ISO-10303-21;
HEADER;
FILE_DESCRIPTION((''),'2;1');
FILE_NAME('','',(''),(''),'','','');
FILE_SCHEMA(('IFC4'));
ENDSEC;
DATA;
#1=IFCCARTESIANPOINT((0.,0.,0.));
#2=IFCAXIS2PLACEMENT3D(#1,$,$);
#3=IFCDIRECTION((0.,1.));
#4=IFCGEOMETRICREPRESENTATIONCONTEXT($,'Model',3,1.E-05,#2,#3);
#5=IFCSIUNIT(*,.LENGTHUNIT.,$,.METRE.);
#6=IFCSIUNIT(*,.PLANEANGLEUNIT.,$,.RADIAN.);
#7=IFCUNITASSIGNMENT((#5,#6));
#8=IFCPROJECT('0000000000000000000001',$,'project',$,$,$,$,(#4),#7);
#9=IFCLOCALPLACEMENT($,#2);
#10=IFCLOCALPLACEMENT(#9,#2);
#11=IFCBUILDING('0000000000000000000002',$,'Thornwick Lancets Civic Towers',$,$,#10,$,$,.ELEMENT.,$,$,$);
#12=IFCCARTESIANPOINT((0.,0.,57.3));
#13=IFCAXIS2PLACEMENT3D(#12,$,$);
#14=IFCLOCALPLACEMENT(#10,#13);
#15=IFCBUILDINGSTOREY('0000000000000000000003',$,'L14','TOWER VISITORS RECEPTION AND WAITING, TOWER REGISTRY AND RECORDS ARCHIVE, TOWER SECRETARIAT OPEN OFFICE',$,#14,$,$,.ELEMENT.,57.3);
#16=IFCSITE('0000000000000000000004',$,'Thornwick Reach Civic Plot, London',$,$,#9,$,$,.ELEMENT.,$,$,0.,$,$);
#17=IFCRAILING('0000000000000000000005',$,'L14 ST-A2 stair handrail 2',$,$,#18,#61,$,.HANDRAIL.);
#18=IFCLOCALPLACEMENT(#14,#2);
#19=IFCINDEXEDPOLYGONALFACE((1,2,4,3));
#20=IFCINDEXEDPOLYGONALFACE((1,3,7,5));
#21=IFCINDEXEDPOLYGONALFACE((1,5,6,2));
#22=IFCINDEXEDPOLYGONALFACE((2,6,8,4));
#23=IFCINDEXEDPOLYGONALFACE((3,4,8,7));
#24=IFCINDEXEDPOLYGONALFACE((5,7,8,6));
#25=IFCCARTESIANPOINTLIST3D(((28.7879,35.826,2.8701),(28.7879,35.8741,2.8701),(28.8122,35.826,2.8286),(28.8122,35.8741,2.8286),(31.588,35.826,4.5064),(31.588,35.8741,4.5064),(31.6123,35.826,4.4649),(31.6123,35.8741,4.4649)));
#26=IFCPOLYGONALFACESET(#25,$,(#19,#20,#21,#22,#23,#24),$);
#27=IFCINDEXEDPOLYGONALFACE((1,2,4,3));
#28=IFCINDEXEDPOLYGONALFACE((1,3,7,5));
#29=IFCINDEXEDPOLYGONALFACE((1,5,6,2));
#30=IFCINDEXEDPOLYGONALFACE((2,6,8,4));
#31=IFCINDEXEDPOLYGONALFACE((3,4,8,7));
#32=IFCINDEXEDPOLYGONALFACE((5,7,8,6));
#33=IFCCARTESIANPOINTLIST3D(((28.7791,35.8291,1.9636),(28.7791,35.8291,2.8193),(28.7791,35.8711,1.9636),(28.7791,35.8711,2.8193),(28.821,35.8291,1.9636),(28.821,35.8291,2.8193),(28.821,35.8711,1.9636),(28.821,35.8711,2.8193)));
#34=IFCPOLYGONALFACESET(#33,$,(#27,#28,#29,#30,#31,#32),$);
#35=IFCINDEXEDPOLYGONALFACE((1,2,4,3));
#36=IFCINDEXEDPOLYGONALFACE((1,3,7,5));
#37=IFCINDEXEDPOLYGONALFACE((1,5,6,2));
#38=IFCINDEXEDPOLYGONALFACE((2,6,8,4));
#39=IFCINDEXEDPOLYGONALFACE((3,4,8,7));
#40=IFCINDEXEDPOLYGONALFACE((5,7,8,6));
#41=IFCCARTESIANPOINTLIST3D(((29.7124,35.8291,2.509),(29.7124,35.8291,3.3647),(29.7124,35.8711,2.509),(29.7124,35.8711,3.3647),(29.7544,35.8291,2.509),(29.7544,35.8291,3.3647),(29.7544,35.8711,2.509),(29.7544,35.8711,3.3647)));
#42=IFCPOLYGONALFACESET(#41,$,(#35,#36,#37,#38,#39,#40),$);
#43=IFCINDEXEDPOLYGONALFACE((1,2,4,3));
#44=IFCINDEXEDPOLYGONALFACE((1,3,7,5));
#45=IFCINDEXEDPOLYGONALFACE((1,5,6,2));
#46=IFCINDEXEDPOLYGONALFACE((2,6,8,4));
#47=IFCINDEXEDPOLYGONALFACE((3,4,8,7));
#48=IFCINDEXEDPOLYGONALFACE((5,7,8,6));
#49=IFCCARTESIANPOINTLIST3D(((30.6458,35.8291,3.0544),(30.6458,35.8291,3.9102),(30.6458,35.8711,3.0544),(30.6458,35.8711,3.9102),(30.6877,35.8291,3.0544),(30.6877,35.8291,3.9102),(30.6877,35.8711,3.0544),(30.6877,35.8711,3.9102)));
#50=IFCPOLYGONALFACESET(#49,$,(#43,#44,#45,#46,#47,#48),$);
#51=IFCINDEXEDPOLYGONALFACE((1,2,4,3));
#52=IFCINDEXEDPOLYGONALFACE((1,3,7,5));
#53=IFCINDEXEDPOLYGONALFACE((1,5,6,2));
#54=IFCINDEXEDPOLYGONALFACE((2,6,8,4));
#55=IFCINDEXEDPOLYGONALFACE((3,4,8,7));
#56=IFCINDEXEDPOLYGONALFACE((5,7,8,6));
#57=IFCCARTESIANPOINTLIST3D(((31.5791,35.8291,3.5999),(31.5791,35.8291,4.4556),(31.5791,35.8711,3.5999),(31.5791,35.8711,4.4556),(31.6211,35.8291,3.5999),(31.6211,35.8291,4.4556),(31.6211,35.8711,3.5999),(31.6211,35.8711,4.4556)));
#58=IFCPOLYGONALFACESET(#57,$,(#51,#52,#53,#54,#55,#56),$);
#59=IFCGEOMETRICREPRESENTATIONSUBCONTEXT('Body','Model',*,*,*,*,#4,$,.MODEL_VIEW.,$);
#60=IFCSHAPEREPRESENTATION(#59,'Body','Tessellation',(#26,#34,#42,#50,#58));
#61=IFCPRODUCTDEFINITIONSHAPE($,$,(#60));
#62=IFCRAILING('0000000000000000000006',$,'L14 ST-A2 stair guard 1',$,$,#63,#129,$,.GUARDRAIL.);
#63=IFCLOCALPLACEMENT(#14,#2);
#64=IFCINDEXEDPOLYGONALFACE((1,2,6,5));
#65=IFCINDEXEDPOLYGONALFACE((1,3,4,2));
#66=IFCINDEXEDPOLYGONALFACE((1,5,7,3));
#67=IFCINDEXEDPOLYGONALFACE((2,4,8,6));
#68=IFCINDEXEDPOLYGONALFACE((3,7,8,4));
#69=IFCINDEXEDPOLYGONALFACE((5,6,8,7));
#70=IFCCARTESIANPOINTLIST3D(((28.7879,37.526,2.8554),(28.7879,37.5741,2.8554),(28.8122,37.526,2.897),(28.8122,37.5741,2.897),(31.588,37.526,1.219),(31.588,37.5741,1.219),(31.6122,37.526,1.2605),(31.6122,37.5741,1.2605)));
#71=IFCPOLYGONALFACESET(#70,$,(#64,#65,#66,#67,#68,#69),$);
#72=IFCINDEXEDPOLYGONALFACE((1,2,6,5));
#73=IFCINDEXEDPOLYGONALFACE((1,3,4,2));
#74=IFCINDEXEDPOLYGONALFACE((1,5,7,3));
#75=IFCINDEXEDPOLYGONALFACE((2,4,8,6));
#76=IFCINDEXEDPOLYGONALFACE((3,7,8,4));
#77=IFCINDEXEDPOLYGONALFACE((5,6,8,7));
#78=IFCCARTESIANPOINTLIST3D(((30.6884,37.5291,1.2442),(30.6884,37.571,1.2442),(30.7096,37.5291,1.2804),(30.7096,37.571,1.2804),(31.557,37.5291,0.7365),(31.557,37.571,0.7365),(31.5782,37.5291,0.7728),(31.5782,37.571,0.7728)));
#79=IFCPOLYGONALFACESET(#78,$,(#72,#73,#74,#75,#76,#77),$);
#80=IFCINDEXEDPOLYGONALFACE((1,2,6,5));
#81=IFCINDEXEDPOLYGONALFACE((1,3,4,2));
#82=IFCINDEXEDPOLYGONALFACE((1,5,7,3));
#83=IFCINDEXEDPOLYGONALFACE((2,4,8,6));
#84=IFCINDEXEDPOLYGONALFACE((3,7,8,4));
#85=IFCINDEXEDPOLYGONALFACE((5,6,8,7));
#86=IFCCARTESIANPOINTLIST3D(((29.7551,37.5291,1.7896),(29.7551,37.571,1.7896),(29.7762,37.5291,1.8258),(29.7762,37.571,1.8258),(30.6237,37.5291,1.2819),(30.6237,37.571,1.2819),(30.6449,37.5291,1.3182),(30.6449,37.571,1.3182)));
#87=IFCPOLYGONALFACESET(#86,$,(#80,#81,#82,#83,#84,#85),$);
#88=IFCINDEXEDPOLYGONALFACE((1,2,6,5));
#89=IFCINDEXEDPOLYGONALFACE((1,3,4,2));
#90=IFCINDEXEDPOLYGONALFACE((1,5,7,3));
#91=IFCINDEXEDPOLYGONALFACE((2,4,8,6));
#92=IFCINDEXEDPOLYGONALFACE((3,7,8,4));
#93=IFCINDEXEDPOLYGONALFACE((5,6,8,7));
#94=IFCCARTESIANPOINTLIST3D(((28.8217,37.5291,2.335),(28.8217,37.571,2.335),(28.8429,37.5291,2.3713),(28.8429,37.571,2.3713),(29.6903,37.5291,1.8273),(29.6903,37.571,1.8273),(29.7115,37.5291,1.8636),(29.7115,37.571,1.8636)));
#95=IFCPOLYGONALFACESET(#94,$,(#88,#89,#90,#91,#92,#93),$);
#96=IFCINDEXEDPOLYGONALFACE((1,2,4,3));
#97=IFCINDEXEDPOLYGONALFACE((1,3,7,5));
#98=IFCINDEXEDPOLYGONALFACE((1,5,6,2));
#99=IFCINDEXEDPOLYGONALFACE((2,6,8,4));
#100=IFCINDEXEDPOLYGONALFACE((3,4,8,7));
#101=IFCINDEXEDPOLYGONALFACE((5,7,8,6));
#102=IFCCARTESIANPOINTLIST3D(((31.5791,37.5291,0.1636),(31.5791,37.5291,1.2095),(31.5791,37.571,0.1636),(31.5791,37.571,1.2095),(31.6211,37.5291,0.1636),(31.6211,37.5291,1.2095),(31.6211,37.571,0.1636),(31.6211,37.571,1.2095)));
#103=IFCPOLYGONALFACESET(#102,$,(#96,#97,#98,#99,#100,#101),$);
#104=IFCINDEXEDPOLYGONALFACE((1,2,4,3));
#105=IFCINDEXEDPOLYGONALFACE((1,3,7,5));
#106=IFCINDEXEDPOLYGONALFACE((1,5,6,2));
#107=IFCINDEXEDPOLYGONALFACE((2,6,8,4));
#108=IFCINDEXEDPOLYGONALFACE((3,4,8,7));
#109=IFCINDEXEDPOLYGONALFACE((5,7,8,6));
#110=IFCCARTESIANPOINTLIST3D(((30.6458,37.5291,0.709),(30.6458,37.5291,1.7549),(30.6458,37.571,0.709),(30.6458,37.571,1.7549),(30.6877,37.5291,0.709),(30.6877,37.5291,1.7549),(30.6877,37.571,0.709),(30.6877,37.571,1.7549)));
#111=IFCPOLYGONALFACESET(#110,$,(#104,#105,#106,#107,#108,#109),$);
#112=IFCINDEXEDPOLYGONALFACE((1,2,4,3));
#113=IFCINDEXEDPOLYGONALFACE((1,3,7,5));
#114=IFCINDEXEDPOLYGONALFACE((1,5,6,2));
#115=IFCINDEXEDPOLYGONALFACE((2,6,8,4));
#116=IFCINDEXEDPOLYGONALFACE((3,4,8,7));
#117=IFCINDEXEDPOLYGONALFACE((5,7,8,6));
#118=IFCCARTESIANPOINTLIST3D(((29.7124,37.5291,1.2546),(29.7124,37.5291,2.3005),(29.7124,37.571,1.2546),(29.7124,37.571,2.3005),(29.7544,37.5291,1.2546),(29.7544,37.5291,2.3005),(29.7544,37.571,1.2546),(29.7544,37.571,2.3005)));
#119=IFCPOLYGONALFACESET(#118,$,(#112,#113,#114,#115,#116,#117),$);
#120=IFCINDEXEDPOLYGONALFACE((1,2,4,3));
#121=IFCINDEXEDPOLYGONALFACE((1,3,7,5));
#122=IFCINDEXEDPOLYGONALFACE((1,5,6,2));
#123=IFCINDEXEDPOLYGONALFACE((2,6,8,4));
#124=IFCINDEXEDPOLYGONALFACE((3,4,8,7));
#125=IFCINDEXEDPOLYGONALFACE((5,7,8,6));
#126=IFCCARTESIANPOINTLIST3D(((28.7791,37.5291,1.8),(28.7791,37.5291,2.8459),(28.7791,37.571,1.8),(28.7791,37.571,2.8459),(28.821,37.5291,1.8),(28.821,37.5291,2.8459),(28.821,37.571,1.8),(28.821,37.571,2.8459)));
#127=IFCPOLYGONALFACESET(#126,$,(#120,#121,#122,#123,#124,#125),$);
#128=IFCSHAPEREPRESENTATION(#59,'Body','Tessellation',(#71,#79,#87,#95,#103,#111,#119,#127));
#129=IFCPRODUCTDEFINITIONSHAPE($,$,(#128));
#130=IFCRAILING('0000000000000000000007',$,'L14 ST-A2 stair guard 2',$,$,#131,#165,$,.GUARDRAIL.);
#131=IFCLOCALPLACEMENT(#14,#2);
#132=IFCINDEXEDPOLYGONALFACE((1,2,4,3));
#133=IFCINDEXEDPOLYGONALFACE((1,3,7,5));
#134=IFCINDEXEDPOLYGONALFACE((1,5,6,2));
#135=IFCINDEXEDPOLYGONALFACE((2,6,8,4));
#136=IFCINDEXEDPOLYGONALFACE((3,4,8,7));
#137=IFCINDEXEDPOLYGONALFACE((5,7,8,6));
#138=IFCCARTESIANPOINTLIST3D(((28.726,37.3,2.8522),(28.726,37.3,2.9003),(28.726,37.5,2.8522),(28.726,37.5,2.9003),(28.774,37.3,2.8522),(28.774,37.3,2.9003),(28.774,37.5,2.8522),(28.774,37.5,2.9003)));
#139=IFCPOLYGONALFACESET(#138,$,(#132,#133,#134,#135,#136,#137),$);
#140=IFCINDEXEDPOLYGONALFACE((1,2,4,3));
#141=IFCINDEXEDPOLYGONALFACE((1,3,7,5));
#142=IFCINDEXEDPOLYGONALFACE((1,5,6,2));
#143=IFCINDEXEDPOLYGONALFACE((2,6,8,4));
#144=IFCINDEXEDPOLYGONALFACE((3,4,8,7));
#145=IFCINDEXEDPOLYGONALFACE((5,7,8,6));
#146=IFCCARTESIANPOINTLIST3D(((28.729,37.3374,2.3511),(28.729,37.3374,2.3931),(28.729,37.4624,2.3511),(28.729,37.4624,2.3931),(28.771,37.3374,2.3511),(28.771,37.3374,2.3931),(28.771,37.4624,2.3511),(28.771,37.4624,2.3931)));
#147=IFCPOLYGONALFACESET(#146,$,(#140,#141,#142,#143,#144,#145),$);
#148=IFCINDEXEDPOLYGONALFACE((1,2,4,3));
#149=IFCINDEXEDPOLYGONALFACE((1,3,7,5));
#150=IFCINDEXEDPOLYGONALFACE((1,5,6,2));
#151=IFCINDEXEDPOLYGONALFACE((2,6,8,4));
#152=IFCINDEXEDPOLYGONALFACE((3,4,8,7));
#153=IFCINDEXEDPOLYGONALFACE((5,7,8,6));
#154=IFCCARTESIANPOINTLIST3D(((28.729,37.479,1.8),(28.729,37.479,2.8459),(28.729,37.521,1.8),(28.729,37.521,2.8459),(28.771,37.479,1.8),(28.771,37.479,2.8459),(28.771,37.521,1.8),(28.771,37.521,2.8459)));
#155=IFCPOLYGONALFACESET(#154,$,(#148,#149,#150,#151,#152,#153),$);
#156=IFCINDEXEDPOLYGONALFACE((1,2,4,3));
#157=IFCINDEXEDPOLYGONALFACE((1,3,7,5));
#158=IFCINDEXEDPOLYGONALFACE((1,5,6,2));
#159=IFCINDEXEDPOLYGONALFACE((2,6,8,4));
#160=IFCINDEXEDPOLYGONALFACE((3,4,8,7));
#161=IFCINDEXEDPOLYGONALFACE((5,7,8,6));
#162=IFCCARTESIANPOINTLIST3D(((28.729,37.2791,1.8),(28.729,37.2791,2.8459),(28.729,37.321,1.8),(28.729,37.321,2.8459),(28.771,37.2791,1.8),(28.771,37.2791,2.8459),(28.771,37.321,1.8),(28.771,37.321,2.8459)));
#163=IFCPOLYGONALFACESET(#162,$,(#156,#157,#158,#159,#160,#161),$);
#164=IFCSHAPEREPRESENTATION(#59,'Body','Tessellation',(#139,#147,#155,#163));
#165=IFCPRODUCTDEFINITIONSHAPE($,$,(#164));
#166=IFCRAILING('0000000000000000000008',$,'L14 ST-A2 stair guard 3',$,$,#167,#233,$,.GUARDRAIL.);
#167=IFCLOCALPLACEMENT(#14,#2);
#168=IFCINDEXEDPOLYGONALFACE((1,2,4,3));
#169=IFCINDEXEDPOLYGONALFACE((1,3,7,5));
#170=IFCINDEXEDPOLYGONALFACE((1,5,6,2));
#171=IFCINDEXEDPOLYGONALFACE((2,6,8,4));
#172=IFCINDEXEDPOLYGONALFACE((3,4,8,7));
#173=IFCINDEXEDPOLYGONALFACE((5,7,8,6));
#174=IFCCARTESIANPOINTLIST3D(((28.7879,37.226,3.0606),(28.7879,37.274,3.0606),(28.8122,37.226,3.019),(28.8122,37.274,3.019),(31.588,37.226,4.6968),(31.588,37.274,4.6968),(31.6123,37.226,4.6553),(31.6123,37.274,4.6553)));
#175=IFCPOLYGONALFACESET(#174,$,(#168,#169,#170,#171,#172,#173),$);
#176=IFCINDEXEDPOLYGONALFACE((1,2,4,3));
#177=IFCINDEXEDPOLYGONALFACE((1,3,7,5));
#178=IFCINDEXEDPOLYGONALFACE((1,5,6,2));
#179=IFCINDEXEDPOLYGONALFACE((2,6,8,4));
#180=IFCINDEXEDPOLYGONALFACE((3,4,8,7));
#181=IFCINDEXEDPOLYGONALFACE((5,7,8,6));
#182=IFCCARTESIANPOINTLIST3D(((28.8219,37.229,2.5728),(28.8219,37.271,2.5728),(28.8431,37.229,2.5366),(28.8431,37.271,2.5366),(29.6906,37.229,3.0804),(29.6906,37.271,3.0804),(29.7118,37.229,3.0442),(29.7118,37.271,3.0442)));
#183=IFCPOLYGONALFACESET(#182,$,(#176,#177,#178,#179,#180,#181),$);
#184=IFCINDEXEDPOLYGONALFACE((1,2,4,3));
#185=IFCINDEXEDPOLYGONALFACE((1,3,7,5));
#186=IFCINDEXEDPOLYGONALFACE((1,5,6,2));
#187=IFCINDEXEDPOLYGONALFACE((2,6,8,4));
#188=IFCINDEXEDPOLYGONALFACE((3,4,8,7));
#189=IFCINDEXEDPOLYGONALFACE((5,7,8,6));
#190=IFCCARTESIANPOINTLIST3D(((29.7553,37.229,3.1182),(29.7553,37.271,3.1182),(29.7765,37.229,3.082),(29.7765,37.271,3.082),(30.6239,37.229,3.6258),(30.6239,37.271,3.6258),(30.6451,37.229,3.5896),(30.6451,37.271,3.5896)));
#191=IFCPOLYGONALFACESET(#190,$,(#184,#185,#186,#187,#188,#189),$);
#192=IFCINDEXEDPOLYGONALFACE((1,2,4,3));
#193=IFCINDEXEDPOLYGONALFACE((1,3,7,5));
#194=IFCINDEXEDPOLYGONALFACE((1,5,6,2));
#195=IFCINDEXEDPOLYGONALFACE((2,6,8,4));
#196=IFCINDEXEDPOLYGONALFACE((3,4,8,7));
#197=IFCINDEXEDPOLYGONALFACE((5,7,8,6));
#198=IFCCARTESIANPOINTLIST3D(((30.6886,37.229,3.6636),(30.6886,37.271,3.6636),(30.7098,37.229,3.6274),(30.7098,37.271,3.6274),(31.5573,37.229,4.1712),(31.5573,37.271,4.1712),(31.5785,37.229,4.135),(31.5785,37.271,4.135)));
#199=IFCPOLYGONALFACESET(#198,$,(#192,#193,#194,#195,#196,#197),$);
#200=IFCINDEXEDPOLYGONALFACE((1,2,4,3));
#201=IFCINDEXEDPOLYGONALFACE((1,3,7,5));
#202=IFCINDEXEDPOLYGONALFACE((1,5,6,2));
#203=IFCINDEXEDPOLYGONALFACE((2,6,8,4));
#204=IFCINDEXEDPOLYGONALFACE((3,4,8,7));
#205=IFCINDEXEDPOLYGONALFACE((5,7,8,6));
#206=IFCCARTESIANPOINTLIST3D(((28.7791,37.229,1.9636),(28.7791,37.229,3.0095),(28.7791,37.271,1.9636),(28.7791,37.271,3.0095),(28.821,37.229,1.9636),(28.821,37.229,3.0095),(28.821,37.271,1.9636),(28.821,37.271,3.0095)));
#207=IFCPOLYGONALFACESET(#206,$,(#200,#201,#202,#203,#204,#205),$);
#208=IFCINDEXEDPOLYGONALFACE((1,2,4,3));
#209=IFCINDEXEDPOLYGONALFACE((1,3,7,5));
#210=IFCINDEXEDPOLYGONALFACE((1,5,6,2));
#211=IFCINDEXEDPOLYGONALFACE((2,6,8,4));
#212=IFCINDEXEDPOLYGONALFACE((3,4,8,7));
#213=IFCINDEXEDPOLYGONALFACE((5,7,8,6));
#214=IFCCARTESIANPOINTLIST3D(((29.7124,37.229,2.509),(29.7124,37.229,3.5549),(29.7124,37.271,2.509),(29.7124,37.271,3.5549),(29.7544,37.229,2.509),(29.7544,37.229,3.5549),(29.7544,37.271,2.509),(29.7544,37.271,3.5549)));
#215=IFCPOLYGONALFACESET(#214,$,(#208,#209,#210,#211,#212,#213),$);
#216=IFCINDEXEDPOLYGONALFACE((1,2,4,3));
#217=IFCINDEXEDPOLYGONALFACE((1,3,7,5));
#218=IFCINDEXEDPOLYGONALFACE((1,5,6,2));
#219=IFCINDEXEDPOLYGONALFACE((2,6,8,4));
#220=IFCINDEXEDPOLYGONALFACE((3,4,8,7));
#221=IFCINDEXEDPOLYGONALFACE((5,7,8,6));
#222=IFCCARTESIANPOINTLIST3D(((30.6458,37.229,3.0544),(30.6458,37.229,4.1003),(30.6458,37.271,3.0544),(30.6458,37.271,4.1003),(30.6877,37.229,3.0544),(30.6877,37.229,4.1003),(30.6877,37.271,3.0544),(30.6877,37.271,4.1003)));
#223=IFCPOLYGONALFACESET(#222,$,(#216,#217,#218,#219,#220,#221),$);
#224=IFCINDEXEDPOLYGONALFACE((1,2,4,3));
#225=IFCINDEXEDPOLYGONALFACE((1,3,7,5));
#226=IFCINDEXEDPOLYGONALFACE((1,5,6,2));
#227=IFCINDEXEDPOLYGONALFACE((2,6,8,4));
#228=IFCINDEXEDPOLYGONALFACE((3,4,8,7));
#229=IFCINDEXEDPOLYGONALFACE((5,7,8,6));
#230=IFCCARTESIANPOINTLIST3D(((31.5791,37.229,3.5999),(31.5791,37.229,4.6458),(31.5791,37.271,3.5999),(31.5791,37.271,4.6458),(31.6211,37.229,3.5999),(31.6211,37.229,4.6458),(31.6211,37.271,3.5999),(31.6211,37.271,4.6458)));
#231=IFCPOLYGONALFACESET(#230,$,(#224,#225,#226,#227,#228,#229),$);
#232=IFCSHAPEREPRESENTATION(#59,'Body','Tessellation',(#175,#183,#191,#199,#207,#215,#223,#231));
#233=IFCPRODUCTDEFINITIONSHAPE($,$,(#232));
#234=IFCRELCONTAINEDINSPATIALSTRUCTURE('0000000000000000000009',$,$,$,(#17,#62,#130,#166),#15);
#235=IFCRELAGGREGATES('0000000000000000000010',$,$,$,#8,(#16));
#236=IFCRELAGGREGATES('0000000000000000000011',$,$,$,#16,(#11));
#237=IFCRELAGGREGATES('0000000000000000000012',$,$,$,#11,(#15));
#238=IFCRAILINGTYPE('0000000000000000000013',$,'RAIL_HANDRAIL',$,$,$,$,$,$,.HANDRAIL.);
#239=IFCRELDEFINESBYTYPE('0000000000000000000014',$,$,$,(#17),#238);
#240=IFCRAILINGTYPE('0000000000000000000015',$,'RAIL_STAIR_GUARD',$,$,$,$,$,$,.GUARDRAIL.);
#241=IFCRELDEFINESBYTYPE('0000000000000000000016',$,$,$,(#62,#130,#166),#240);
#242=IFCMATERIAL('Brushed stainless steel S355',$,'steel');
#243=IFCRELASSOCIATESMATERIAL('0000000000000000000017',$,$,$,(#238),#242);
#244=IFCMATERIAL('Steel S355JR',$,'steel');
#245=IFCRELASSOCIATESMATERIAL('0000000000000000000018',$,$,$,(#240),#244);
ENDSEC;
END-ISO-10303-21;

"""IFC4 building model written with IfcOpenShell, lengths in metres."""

from ifc_helpers import new_model, si_unit, direction, frame, origin, origin_2d, place, context, subcontext, project, spatial, rectangle, extrude, material, type_object, element, save


model = new_model("IFC4")

# Units and contexts
model_context = context("Model", 3, precision=1e-05, world=origin(), true_north=direction((0.0, 1.0)))
body_context = subcontext(model_context, "Body", "Model", "MODEL_VIEW")
ifc_project = project(units=[si_unit("LENGTHUNIT", "METRE"), si_unit("PLANEANGLEUNIT", "RADIAN")], contexts=[model_context])

# Site, building, storey
site_placement = place(None, origin())
site = spatial("IfcSite", under=ifc_project, at=site_placement, Name="Thornwick Reach Civic Plot, London", CompositionType="ELEMENT", RefElevation=0.0)
building_placement = place(site_placement, origin())
building = spatial("IfcBuilding", under=site, at=building_placement, Name="Thornwick Lancets Civic Towers", CompositionType="ELEMENT")
storey_placement = place(building_placement, frame((0.0, 0.0, 57.3)))
storey = spatial("IfcBuildingStorey", under=building, at=storey_placement, Name="L14", Description="TOWER VISITORS RECEPTION AND WAITING, TOWER REGISTRY AND RECORDS ARCHIVE, TOWER SECRETARIAT OPEN OFFICE", CompositionType="ELEMENT", Elevation=57.3)

# Shared definitions
ifc_material_1 = material(Name="Steel S355JR", Category="steel")

# Railings
ifc_material_2 = material(Name="Brushed stainless steel S355", Category="steel")
railing_type_1 = type_object("IfcRailingType", Name="RAIL_HANDRAIL", PredefinedType="HANDRAIL", material=ifc_material_2)
railing_1_placement = place(storey_placement, frame((28.8, 35.8501, 1.9636)))
element("IfcRailing", 1, at=railing_1_placement, inside=storey, type_object=railing_type_1, Name="L14 ST-A2 stair handrail 2", PredefinedType="HANDRAIL", context=body_context, shape_type="SweptSolid", body=[
    extrude(rectangle(XDim=0.0481, YDim=0.0481, at=origin_2d()), frame((0.0, 0.0, 0.8857), z_axis=(0.863394, 0.0, 0.504531), x_axis=(0.0, 1.0, 0.0)), (0.0, 0.0, 1.0), 3.2432),
    extrude(rectangle(XDim=0.042, YDim=0.042, at=origin_2d()), origin(), (0.0, 0.0, 1.0), 0.8557),
    extrude(rectangle(XDim=0.042, YDim=0.042, at=origin_2d()), frame((0.9333, 0.0, 0.5454)), (0.0, 0.0, 1.0), 0.8557),
    extrude(rectangle(XDim=0.042, YDim=0.042, at=origin_2d()), frame((1.8667, 0.0, 1.0908)), (0.0, 0.0, 1.0), 0.8557),
    extrude(rectangle(XDim=0.042, YDim=0.042, at=origin_2d()), frame((2.8, 0.0, 1.6362)), (0.0, 0.0, 1.0), 0.8557),
])
railing_type_2 = type_object("IfcRailingType", Name="RAIL_STAIR_GUARD", PredefinedType="GUARDRAIL", material=ifc_material_1)
railing_2_placement = place(storey_placement, frame((31.6001, 37.55, 0.1636)))
element("IfcRailing", 2, at=railing_2_placement, inside=storey, type_object=railing_type_2, Name="L14 ST-A2 stair guard 1", PredefinedType="GUARDRAIL", context=body_context, shape_type="SweptSolid", body=[
    extrude(rectangle(XDim=0.0481, YDim=0.0481, at=origin_2d()), frame((0.0, 0.0, 1.0762), z_axis=(-0.863361, 0.0, 0.504587), x_axis=(0.0, -1.0, 0.0)), (0.0, 0.0, 1.0), 3.2432),
    extrude(rectangle(XDim=0.042, YDim=0.042, at=origin_2d()), frame((-0.0325, 0.0, 0.5911), z_axis=(-0.863361, 0.0, 0.504587), x_axis=(0.0, -1.0, 0.0)), (0.0, 0.0, 1.0), 1.0061),
    extrude(rectangle(XDim=0.042, YDim=0.042, at=origin_2d()), frame((-0.9658, 0.0, 1.1365), z_axis=(-0.863361, 0.0, 0.504587), x_axis=(0.0, -1.0, 0.0)), (0.0, 0.0, 1.0), 1.0061),
    extrude(rectangle(XDim=0.042, YDim=0.042, at=origin_2d()), frame((-1.8992, 0.0, 1.6819), z_axis=(-0.863361, 0.0, 0.504587), x_axis=(0.0, -1.0, 0.0)), (0.0, 0.0, 1.0), 1.0061),
    extrude(rectangle(XDim=0.042, YDim=0.042, at=origin_2d()), origin(), (0.0, 0.0, 1.0), 1.0459),
    extrude(rectangle(XDim=0.042, YDim=0.042, at=origin_2d()), frame((-0.9333, 0.0, 0.5454)), (0.0, 0.0, 1.0), 1.0459),
    extrude(rectangle(XDim=0.042, YDim=0.042, at=origin_2d()), frame((-1.8667, 0.0, 1.0911)), (0.0, 0.0, 1.0), 1.0459),
    extrude(rectangle(XDim=0.042, YDim=0.042, at=origin_2d()), frame((-2.8, 0.0, 1.6365)), (0.0, 0.0, 1.0), 1.0459),
])
railing_3_placement = place(storey_placement, frame((28.75, 37.5, 1.8)))
element("IfcRailing", 3, at=railing_3_placement, inside=storey, type_object=railing_type_2, Name="L14 ST-A2 stair guard 2", PredefinedType="GUARDRAIL", context=body_context, shape_type="SweptSolid", body=[
    extrude(rectangle(XDim=0.0481, YDim=0.0481, at=origin_2d()), frame((0.0, 0.0, 1.0762), z_axis=(0.0, -1.0, 0.0), x_axis=(1.0, 0.0, 0.0)), (0.0, 0.0, 1.0), 0.2),
    extrude(rectangle(XDim=0.042, YDim=0.042, at=origin_2d()), frame((0.0, -0.0376, 0.572), z_axis=(0.0, -1.0, 0.0), x_axis=(1.0, 0.0, 0.0)), (0.0, 0.0, 1.0), 0.125),
    extrude(rectangle(XDim=0.042, YDim=0.042, at=origin_2d()), origin(), (0.0, 0.0, 1.0), 1.0459),
    extrude(rectangle(XDim=0.042, YDim=0.042, at=origin_2d()), frame((0.0, -0.2, 0.0)), (0.0, 0.0, 1.0), 1.0459),
])
railing_4_placement = place(storey_placement, frame((28.8, 37.25, 1.9636)))
element("IfcRailing", 4, at=railing_4_placement, inside=storey, type_object=railing_type_2, Name="L14 ST-A2 stair guard 3", PredefinedType="GUARDRAIL", context=body_context, shape_type="SweptSolid", body=[
    extrude(rectangle(XDim=0.0481, YDim=0.0481, at=origin_2d()), frame((0.0, 0.0, 1.0762), z_axis=(0.863394, 0.0, 0.504531), x_axis=(0.0, 1.0, 0.0)), (0.0, 0.0, 1.0), 3.2432),
    extrude(rectangle(XDim=0.042, YDim=0.042, at=origin_2d()), frame((0.0325, 0.0, 0.5911), z_axis=(0.863394, 0.0, 0.504531), x_axis=(0.0, 1.0, 0.0)), (0.0, 0.0, 1.0), 1.0061),
    extrude(rectangle(XDim=0.042, YDim=0.042, at=origin_2d()), frame((0.9658, 0.0, 1.1365), z_axis=(0.863394, 0.0, 0.504531), x_axis=(0.0, 1.0, 0.0)), (0.0, 0.0, 1.0), 1.0061),
    extrude(rectangle(XDim=0.042, YDim=0.042, at=origin_2d()), frame((1.8992, 0.0, 1.6819), z_axis=(0.863394, 0.0, 0.504531), x_axis=(0.0, 1.0, 0.0)), (0.0, 0.0, 1.0), 1.0061),
    extrude(rectangle(XDim=0.042, YDim=0.042, at=origin_2d()), origin(), (0.0, 0.0, 1.0), 1.0459),
    extrude(rectangle(XDim=0.042, YDim=0.042, at=origin_2d()), frame((0.9333, 0.0, 0.5454)), (0.0, 0.0, 1.0), 1.0459),
    extrude(rectangle(XDim=0.042, YDim=0.042, at=origin_2d()), frame((1.8667, 0.0, 1.0908)), (0.0, 0.0, 1.0), 1.0459),
    extrude(rectangle(XDim=0.042, YDim=0.042, at=origin_2d()), frame((2.8, 0.0, 1.6362)), (0.0, 0.0, 1.0), 1.0459),
])

save(model, "model.ifc")
